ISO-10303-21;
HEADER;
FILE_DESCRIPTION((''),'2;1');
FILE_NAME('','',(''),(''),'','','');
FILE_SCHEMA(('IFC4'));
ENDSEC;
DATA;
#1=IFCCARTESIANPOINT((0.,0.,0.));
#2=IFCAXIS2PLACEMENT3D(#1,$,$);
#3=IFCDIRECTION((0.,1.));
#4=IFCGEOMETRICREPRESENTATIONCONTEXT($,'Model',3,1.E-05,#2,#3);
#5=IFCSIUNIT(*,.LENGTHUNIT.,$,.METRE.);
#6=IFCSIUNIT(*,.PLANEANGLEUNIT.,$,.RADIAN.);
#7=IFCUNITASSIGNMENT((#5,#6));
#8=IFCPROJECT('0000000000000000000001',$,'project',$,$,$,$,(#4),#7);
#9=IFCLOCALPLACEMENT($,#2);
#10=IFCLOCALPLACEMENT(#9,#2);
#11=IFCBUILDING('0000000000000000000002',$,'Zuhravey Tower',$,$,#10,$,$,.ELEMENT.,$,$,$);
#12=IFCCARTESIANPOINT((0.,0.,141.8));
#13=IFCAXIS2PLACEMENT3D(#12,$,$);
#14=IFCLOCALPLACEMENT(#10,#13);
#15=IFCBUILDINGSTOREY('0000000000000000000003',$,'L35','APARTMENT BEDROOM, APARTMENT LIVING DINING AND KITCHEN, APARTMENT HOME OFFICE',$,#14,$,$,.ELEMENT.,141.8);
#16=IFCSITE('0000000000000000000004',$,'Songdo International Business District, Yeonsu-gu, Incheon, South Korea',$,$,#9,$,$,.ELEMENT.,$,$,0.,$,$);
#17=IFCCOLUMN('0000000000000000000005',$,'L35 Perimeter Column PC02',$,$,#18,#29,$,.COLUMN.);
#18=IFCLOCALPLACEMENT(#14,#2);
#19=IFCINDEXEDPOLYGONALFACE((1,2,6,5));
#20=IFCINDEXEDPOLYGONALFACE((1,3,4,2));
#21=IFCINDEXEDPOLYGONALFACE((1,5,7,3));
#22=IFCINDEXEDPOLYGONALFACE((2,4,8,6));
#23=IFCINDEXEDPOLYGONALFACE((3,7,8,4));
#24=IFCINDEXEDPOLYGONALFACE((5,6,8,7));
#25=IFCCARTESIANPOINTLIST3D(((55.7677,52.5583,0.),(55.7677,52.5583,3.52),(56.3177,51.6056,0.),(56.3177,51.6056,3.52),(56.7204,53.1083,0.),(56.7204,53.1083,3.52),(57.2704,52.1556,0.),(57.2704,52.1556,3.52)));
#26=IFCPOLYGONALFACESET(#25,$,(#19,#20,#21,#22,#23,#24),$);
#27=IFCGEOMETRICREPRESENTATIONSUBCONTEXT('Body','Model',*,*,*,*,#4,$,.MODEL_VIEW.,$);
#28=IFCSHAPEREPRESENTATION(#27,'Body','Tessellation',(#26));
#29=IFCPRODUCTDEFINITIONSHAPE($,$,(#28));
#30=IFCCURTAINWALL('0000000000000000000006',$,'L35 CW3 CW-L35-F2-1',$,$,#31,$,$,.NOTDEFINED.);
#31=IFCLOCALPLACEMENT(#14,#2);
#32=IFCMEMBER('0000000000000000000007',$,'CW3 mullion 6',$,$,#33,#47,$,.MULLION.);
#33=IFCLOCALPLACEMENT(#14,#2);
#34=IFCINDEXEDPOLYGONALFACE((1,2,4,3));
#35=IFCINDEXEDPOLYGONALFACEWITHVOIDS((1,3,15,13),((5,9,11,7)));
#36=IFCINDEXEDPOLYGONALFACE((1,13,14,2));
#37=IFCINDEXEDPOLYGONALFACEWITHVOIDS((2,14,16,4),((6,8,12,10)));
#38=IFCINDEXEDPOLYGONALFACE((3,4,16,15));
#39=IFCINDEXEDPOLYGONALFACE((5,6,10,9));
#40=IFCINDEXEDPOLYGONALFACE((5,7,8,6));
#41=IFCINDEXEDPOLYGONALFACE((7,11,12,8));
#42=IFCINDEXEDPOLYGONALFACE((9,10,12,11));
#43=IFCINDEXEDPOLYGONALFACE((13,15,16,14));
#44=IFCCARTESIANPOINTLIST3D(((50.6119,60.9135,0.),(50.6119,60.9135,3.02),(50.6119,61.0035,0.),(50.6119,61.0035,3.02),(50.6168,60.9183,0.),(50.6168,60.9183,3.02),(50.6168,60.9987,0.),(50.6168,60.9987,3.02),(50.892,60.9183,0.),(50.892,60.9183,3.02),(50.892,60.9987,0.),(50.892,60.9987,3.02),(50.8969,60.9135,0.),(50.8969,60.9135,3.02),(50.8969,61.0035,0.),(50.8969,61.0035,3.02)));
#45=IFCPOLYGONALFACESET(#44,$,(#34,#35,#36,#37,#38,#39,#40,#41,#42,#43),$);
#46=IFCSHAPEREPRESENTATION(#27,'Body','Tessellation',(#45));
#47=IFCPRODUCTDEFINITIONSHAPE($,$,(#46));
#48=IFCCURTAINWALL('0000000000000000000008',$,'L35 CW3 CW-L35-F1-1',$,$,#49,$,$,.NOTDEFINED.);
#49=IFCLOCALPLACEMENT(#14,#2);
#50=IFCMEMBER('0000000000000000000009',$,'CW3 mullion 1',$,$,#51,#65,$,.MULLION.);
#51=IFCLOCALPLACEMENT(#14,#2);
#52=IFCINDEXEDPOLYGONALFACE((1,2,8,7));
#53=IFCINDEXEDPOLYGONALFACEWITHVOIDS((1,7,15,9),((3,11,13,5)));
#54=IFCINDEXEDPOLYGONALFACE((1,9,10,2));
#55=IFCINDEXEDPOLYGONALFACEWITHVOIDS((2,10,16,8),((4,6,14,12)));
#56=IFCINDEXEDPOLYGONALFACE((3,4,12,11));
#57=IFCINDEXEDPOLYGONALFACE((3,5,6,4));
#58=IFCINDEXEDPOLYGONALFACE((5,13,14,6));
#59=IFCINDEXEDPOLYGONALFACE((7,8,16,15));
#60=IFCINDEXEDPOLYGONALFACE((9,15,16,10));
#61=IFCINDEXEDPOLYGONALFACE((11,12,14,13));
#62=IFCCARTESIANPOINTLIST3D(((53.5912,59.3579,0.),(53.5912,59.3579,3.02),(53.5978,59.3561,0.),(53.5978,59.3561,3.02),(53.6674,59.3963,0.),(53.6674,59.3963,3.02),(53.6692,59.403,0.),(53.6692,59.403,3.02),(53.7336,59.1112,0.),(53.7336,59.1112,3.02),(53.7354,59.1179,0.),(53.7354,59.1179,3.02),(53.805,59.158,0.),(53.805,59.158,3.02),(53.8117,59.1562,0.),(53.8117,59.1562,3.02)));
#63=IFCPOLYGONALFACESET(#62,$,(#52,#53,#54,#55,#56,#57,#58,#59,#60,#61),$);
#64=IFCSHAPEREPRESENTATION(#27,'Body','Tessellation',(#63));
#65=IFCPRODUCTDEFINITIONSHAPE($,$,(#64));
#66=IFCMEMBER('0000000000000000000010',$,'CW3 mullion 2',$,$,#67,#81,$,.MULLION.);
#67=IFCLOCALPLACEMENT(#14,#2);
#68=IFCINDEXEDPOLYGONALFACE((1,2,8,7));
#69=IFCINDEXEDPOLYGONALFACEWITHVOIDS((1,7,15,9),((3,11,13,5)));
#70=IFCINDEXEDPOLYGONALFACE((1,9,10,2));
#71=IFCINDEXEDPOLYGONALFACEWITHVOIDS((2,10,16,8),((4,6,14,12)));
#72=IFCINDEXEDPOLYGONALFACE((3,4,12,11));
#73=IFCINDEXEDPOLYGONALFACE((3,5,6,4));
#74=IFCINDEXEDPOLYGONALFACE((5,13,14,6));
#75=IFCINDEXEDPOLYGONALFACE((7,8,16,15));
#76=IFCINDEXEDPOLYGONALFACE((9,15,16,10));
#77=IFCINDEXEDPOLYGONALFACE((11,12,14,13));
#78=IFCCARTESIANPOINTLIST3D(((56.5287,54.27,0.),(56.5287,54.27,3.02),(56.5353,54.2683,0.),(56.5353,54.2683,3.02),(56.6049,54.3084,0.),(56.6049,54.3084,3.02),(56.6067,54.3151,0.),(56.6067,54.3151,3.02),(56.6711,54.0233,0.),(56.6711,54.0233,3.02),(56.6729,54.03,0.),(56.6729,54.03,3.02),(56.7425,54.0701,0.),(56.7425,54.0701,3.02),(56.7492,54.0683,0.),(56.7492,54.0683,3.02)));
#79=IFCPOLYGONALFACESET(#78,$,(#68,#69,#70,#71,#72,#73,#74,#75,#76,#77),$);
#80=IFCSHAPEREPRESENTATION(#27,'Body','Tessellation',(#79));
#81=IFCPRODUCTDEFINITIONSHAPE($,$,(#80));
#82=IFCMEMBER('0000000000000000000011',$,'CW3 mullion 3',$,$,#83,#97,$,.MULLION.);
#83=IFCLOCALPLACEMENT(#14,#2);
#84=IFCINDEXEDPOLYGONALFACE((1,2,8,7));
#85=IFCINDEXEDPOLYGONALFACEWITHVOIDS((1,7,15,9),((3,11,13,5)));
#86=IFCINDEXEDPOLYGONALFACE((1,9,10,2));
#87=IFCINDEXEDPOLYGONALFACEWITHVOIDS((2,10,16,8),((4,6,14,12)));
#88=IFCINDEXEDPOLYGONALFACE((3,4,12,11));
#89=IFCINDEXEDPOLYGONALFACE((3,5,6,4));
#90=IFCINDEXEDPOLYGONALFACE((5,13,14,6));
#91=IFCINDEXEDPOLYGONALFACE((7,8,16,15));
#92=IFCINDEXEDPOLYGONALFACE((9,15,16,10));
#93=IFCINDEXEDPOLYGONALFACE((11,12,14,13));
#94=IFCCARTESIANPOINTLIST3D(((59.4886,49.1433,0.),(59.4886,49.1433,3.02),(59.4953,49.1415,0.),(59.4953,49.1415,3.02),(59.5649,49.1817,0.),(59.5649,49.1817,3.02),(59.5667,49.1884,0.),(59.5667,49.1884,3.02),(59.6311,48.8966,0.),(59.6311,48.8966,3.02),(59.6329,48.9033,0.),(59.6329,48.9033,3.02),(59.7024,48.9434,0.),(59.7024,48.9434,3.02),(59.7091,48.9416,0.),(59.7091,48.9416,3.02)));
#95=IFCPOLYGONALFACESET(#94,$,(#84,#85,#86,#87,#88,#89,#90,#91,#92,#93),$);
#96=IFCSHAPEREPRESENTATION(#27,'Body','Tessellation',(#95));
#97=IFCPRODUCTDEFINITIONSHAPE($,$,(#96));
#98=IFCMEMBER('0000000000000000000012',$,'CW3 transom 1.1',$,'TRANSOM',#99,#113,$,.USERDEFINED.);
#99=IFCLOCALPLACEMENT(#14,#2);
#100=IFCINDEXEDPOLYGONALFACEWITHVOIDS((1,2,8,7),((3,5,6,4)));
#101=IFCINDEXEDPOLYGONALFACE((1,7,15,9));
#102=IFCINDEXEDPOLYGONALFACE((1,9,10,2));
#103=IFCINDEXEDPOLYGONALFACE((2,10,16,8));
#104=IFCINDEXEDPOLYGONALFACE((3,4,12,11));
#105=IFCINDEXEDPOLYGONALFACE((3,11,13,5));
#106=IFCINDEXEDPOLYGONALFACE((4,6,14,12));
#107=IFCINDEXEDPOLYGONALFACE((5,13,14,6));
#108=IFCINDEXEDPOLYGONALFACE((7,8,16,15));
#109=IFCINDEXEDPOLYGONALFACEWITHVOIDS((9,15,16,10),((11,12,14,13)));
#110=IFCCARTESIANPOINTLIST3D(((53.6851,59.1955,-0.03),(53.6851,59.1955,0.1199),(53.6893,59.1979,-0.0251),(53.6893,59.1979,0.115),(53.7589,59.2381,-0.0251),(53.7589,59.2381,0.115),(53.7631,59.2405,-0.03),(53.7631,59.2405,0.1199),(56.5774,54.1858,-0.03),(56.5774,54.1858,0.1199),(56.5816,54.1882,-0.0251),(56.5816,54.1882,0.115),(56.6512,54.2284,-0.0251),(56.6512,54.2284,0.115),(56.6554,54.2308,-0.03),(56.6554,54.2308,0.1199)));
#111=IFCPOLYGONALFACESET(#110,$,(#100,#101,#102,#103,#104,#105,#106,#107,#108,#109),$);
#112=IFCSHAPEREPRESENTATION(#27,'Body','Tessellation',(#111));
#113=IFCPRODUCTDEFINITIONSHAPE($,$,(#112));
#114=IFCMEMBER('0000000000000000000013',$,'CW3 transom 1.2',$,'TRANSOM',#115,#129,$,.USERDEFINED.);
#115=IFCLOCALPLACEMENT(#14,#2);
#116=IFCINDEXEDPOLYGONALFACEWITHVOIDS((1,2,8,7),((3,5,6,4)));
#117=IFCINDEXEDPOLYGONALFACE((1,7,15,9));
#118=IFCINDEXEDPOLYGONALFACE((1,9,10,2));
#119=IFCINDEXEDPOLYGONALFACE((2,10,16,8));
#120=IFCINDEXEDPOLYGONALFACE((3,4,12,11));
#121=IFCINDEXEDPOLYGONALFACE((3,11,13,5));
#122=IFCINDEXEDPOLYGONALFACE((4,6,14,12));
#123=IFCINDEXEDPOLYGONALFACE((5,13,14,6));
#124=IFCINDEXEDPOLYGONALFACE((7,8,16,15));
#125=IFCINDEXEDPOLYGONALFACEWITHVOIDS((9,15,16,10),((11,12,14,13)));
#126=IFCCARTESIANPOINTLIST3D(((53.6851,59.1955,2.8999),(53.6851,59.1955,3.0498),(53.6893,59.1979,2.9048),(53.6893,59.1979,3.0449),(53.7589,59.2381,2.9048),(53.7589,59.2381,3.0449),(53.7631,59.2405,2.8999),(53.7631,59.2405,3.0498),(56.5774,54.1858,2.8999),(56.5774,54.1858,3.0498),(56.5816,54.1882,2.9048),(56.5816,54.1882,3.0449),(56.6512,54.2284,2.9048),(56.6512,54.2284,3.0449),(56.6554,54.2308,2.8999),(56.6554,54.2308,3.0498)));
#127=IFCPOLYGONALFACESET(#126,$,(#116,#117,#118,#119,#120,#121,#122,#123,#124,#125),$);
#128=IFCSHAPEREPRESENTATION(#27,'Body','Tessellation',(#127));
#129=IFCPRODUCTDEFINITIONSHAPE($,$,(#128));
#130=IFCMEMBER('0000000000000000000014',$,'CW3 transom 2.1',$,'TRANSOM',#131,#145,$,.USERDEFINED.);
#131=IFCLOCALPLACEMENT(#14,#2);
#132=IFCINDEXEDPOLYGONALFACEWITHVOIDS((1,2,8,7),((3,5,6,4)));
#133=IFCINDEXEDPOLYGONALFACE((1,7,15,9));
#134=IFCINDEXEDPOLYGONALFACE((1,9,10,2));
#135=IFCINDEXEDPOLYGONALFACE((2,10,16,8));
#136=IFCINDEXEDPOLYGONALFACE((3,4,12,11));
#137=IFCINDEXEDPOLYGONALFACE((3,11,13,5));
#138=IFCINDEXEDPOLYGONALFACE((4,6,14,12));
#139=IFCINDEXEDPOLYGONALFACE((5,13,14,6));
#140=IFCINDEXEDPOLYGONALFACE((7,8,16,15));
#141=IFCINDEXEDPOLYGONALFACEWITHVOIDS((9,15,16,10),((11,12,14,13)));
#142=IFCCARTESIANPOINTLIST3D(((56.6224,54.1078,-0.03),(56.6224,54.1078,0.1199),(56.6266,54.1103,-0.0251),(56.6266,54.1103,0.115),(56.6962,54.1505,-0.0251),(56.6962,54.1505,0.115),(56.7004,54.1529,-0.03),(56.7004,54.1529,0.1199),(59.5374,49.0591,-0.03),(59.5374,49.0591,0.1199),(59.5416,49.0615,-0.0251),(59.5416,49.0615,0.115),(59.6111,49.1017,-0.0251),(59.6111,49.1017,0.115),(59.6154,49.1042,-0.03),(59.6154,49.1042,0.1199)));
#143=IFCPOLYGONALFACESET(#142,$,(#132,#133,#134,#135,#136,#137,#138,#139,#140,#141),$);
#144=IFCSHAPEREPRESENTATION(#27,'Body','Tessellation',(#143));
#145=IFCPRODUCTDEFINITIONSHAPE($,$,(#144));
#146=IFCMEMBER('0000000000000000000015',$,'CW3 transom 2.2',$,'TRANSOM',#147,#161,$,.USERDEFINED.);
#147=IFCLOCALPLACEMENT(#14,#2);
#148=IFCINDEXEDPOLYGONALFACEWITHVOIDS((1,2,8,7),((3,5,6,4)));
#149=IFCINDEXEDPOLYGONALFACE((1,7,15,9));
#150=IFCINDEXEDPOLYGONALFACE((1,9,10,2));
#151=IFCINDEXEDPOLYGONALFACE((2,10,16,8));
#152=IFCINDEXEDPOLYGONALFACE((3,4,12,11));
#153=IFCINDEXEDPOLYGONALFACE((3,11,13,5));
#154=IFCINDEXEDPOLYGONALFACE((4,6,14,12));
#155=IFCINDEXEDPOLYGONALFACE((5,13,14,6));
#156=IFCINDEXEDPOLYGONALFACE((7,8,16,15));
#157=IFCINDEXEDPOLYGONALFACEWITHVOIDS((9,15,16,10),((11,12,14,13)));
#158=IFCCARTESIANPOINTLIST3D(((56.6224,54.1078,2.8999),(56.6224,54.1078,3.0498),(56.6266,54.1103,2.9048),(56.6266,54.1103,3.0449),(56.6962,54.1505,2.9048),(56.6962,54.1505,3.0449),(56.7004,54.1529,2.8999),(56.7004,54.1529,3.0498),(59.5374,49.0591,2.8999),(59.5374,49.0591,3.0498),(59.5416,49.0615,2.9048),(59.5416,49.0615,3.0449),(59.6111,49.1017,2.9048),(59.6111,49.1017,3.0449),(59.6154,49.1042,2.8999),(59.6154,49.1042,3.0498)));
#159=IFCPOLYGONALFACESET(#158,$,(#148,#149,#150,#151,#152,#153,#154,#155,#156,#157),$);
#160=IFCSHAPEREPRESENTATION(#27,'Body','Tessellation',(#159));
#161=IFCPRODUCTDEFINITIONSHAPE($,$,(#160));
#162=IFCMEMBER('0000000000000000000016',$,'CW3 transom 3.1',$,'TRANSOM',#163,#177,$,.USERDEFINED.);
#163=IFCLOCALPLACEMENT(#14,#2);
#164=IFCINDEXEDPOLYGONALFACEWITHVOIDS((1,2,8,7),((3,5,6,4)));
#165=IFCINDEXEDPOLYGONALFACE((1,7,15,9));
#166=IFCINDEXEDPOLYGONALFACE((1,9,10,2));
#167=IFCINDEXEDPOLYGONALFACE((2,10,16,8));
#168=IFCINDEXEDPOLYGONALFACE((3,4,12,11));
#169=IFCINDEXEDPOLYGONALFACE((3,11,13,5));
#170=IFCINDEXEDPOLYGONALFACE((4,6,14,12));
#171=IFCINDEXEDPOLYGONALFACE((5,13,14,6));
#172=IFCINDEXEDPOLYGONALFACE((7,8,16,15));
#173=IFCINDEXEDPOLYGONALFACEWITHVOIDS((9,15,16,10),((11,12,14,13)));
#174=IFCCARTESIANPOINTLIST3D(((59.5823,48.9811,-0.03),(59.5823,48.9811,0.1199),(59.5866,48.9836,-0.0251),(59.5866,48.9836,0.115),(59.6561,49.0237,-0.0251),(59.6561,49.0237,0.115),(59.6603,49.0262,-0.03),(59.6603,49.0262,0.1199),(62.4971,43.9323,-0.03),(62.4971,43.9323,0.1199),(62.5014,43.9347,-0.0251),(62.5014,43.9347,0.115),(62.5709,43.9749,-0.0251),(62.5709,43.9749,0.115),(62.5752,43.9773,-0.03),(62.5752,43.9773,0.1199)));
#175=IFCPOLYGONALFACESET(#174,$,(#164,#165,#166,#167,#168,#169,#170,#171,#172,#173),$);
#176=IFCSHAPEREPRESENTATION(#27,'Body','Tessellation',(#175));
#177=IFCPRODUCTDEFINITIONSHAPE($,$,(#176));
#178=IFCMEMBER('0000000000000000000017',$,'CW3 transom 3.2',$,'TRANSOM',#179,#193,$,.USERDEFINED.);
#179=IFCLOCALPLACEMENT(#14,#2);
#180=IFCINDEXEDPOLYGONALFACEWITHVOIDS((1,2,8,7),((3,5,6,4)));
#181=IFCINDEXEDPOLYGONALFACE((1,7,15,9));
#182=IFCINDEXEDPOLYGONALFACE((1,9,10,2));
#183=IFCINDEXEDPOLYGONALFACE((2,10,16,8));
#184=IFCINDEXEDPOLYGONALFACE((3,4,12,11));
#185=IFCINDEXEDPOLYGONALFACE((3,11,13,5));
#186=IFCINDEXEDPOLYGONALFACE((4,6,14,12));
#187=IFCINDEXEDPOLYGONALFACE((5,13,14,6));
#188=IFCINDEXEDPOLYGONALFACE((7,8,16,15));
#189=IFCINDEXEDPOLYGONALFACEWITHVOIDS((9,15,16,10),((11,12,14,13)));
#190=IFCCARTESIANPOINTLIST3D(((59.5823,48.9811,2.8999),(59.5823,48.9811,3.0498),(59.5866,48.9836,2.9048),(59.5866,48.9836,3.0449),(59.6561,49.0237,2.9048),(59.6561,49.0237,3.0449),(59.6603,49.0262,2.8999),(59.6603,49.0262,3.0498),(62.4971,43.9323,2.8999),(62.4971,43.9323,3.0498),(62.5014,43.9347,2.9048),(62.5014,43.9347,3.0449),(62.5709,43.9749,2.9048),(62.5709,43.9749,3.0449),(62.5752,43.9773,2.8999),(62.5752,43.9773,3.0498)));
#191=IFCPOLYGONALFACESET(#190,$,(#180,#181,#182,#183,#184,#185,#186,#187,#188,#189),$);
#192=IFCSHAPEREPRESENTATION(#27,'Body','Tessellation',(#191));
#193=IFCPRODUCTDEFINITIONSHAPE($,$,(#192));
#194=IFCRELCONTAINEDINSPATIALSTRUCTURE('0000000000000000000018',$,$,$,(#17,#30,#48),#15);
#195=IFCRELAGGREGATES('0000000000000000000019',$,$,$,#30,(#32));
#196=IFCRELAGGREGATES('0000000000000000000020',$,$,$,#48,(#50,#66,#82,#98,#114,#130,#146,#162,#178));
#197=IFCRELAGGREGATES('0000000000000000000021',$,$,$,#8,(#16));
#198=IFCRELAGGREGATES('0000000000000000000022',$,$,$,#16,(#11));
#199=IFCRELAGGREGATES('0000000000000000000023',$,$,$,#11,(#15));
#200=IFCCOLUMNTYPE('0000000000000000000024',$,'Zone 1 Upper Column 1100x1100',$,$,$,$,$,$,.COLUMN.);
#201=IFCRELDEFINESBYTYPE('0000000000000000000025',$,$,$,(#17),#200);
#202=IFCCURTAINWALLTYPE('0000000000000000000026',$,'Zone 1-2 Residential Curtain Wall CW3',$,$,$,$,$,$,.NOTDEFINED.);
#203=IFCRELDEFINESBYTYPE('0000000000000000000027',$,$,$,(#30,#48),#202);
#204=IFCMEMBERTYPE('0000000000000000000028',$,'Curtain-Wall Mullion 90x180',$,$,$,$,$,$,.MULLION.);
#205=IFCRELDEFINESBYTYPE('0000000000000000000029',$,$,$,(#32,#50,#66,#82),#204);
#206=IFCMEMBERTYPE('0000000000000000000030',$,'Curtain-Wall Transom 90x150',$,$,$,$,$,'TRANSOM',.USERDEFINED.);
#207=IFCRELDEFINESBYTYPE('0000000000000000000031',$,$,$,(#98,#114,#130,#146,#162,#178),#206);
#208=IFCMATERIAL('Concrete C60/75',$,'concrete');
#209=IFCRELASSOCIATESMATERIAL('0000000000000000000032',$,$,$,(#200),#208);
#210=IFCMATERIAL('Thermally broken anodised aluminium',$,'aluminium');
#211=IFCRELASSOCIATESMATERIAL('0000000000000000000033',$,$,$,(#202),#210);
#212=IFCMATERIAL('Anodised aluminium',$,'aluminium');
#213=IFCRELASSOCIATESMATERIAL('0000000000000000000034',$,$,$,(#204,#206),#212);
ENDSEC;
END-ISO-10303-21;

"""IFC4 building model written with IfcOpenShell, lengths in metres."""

from ifc_helpers import new_model, si_unit, direction, frame, origin, origin_2d, place, context, subcontext, project, spatial, rectangle, hollow_rectangle, extrude, material, material_profile, profile_set, type_object, element, aggregate, save


model = new_model("IFC4")

# Units and contexts
model_context = context("Model", 3, precision=1e-05, world=origin(), true_north=direction((0.0, 1.0)))
body_context = subcontext(model_context, "Body", "Model", "MODEL_VIEW")
ifc_project = project(units=[si_unit("LENGTHUNIT", "METRE"), si_unit("PLANEANGLEUNIT", "RADIAN")], contexts=[model_context])

# Site, building, storey
site_placement = place(None, origin())
site = spatial("IfcSite", under=ifc_project, at=site_placement, Name="Songdo International Business District, Yeonsu-gu, Incheon, South Korea", CompositionType="ELEMENT", RefElevation=0.0)
building_placement = place(site_placement, origin())
building = spatial("IfcBuilding", under=site, at=building_placement, Name="Zuhravey Tower", CompositionType="ELEMENT")
storey_placement = place(building_placement, frame((0.0, 0.0, 141.8)))
storey = spatial("IfcBuildingStorey", under=building, at=storey_placement, Name="L35", Description="APARTMENT BEDROOM, APARTMENT LIVING DINING AND KITCHEN, APARTMENT HOME OFFICE", CompositionType="ELEMENT", Elevation=141.8)

# Column
ifc_material_1 = material(Name="Concrete C60/75", Category="concrete")
ifc_material_profile_1 = material_profile(ifc_material_1, rectangle(XDim=1.1001, YDim=1.1001, at=origin_2d()), Name="RC-1100x1100")
ifc_profile_set_1 = profile_set([ifc_material_profile_1], Name="Concrete C60/75")
column_type = type_object("IfcColumnType", Name="Zone 1 Upper Column 1100x1100", PredefinedType="COLUMN", material=ifc_profile_set_1)
column_placement = place(storey_placement, frame((56.519, 52.3569, 0.0), z_axis=(0.0, 0.0, 1.0), x_axis=(-0.5, 0.866025, 0.0)))
element("IfcColumn", 1, at=column_placement, inside=storey, type_object=column_type, Name="L35 Perimeter Column PC02", PredefinedType="COLUMN", context=body_context, shape_type="SweptSolid", body=[
    extrude(rectangle(XDim=1.1001, YDim=1.1001, at=origin_2d()), origin(), (0.0, 0.0, 1.0), 3.52),
])

# Curtain wall, member
ifc_material_2 = material(Name="Thermally broken anodised aluminium", Category="aluminium")
curtain_wall_type = type_object("IfcCurtainWallType", Name="Zone 1-2 Residential Curtain Wall CW3", PredefinedType="NOTDEFINED", material=ifc_material_2)
curtain_wall_1_placement = place(storey_placement, origin())
curtain_wall_1 = element("IfcCurtainWall", 2, at=curtain_wall_1_placement, inside=storey, type_object=curtain_wall_type, Name="L35 CW3 CW-L35-F2-1", PredefinedType="NOTDEFINED")
ifc_material_3 = material(Name="Anodised aluminium", Category="aluminium")
ifc_material_profile_2 = material_profile(ifc_material_3, hollow_rectangle(XDim=0.0901, YDim=0.2849, WallThickness=0.0049, at=origin_2d()), Name="ALU-RHS-90x285x5")
ifc_profile_set_2 = profile_set([ifc_material_profile_2], Name="Anodised aluminium")
member_type_1 = type_object("IfcMemberType", Name="Curtain-Wall Mullion 90x180", PredefinedType="MULLION", material=ifc_profile_set_2)
member_1_placement = place(storey_placement, frame((50.7544, 60.9585, 0.0), z_axis=(0.0, 0.0, 1.0), x_axis=(0.0, 1.0, 0.0)))
member_1 = element("IfcMember", 3, at=member_1_placement, type_object=member_type_1, Name="CW3 mullion 6", PredefinedType="MULLION", context=body_context, shape_type="SweptSolid", body=[
    extrude(hollow_rectangle(XDim=0.0901, YDim=0.2849, WallThickness=0.0049, at=origin_2d()), origin(), (0.0, 0.0, 1.0), 3.02),
])

# Curtain wall, members
curtain_wall_2_placement = place(storey_placement, origin())
curtain_wall_2 = element("IfcCurtainWall", 4, at=curtain_wall_2_placement, inside=storey, type_object=curtain_wall_type, Name="L35 CW3 CW-L35-F1-1", PredefinedType="NOTDEFINED")
member_2_placement = place(storey_placement, frame((53.7014, 59.2571, 0.0), z_axis=(0.0, 0.0, 1.0), x_axis=(0.866026, 0.5, 0.0)))
member_2 = element("IfcMember", 5, at=member_2_placement, type_object=member_type_1, Name="CW3 mullion 1", PredefinedType="MULLION", context=body_context, shape_type="SweptSolid", body=[
    extrude(hollow_rectangle(XDim=0.0901, YDim=0.2849, WallThickness=0.0049, at=origin_2d()), origin(), (0.0, 0.0, 1.0), 3.02),
])
member_3_placement = place(storey_placement, frame((56.6389, 54.1692, 0.0), z_axis=(0.0, 0.0, 1.0), x_axis=(0.866026, 0.5, 0.0)))
member_3 = element("IfcMember", 6, at=member_3_placement, type_object=member_type_1, Name="CW3 mullion 2", PredefinedType="MULLION", context=body_context, shape_type="SweptSolid", body=[
    extrude(hollow_rectangle(XDim=0.0901, YDim=0.2849, WallThickness=0.0049, at=origin_2d()), origin(), (0.0, 0.0, 1.0), 3.02),
])
member_4_placement = place(storey_placement, frame((59.5989, 49.0425, 0.0), z_axis=(0.0, 0.0, 1.0), x_axis=(0.866026, 0.5, 0.0)))
member_4 = element("IfcMember", 7, at=member_4_placement, type_object=member_type_1, Name="CW3 mullion 3", PredefinedType="MULLION", context=body_context, shape_type="SweptSolid", body=[
    extrude(hollow_rectangle(XDim=0.0901, YDim=0.2849, WallThickness=0.0049, at=origin_2d()), origin(), (0.0, 0.0, 1.0), 3.02),
])
ifc_material_profile_3 = material_profile(ifc_material_3, hollow_rectangle(XDim=0.0901, YDim=0.1499, WallThickness=0.0049, at=origin_2d()), Name="ALU-RHS-90x150x5")
ifc_profile_set_3 = profile_set([ifc_material_profile_3], Name="Anodised aluminium")
member_type_2 = type_object("IfcMemberType", Name="Curtain-Wall Transom 90x150", ElementType="TRANSOM", PredefinedType="USERDEFINED", material=ifc_profile_set_3)
member_5_placement = place(storey_placement, frame((53.7241, 59.218, 0.0449), z_axis=(0.499993, -0.86603, 0.0), x_axis=(0.86603, 0.499993, 0.0)))
member_5 = element("IfcMember", 8, at=member_5_placement, type_object=member_type_2, Name="CW3 transom 1.1", ObjectType="TRANSOM", PredefinedType="USERDEFINED", context=body_context, shape_type="SweptSolid", body=[
    extrude(hollow_rectangle(XDim=0.0901, YDim=0.1499, WallThickness=0.0049, at=origin_2d()), origin(), (0.0, 0.0, 1.0), 5.7847),
])
member_6_placement = place(storey_placement, frame((53.7241, 59.218, 2.9749), z_axis=(0.499993, -0.86603, 0.0), x_axis=(0.86603, 0.499993, 0.0)))
member_6 = element("IfcMember", 9, at=member_6_placement, type_object=member_type_2, Name="CW3 transom 1.2", ObjectType="TRANSOM", PredefinedType="USERDEFINED", context=body_context, shape_type="SweptSolid", body=[
    extrude(hollow_rectangle(XDim=0.0901, YDim=0.1499, WallThickness=0.0049, at=origin_2d()), origin(), (0.0, 0.0, 1.0), 5.7847),
])
member_7_placement = place(storey_placement, frame((56.6614, 54.1304, 0.0449), z_axis=(0.500012, -0.866018, 0.0), x_axis=(0.866018, 0.500012, 0.0)))
member_7 = element("IfcMember", 10, at=member_7_placement, type_object=member_type_2, Name="CW3 transom 2.1", ObjectType="TRANSOM", PredefinedType="USERDEFINED", context=body_context, shape_type="SweptSolid", body=[
    extrude(hollow_rectangle(XDim=0.0901, YDim=0.1499, WallThickness=0.0049, at=origin_2d()), origin(), (0.0, 0.0, 1.0), 5.8298),
])
member_8_placement = place(storey_placement, frame((56.6614, 54.1304, 2.9749), z_axis=(0.500012, -0.866018, 0.0), x_axis=(0.866018, 0.500012, 0.0)))
member_8 = element("IfcMember", 11, at=member_8_placement, type_object=member_type_2, Name="CW3 transom 2.2", ObjectType="TRANSOM", PredefinedType="USERDEFINED", context=body_context, shape_type="SweptSolid", body=[
    extrude(hollow_rectangle(XDim=0.0901, YDim=0.1499, WallThickness=0.0049, at=origin_2d()), origin(), (0.0, 0.0, 1.0), 5.8298),
])
member_9_placement = place(storey_placement, frame((59.6213, 49.0037, 0.0449), z_axis=(0.499981, -0.866036, 0.0), x_axis=(0.866036, 0.499981, 0.0)))
member_9 = element("IfcMember", 12, at=member_9_placement, type_object=member_type_2, Name="CW3 transom 3.1", ObjectType="TRANSOM", PredefinedType="USERDEFINED", context=body_context, shape_type="SweptSolid", body=[
    extrude(hollow_rectangle(XDim=0.0901, YDim=0.1499, WallThickness=0.0049, at=origin_2d()), origin(), (0.0, 0.0, 1.0), 5.8298),
])
member_10_placement = place(storey_placement, frame((59.6213, 49.0037, 2.9749), z_axis=(0.499981, -0.866036, 0.0), x_axis=(0.866036, 0.499981, 0.0)))
member_10 = element("IfcMember", 13, at=member_10_placement, type_object=member_type_2, Name="CW3 transom 3.2", ObjectType="TRANSOM", PredefinedType="USERDEFINED", context=body_context, shape_type="SweptSolid", body=[
    extrude(hollow_rectangle(XDim=0.0901, YDim=0.1499, WallThickness=0.0049, at=origin_2d()), origin(), (0.0, 0.0, 1.0), 5.8298),
])

aggregate(curtain_wall_1, [member_1])
aggregate(curtain_wall_2, [member_2, member_3, member_4, member_5, member_6, member_7, member_8, member_9, member_10])

save(model, "model.ifc")
